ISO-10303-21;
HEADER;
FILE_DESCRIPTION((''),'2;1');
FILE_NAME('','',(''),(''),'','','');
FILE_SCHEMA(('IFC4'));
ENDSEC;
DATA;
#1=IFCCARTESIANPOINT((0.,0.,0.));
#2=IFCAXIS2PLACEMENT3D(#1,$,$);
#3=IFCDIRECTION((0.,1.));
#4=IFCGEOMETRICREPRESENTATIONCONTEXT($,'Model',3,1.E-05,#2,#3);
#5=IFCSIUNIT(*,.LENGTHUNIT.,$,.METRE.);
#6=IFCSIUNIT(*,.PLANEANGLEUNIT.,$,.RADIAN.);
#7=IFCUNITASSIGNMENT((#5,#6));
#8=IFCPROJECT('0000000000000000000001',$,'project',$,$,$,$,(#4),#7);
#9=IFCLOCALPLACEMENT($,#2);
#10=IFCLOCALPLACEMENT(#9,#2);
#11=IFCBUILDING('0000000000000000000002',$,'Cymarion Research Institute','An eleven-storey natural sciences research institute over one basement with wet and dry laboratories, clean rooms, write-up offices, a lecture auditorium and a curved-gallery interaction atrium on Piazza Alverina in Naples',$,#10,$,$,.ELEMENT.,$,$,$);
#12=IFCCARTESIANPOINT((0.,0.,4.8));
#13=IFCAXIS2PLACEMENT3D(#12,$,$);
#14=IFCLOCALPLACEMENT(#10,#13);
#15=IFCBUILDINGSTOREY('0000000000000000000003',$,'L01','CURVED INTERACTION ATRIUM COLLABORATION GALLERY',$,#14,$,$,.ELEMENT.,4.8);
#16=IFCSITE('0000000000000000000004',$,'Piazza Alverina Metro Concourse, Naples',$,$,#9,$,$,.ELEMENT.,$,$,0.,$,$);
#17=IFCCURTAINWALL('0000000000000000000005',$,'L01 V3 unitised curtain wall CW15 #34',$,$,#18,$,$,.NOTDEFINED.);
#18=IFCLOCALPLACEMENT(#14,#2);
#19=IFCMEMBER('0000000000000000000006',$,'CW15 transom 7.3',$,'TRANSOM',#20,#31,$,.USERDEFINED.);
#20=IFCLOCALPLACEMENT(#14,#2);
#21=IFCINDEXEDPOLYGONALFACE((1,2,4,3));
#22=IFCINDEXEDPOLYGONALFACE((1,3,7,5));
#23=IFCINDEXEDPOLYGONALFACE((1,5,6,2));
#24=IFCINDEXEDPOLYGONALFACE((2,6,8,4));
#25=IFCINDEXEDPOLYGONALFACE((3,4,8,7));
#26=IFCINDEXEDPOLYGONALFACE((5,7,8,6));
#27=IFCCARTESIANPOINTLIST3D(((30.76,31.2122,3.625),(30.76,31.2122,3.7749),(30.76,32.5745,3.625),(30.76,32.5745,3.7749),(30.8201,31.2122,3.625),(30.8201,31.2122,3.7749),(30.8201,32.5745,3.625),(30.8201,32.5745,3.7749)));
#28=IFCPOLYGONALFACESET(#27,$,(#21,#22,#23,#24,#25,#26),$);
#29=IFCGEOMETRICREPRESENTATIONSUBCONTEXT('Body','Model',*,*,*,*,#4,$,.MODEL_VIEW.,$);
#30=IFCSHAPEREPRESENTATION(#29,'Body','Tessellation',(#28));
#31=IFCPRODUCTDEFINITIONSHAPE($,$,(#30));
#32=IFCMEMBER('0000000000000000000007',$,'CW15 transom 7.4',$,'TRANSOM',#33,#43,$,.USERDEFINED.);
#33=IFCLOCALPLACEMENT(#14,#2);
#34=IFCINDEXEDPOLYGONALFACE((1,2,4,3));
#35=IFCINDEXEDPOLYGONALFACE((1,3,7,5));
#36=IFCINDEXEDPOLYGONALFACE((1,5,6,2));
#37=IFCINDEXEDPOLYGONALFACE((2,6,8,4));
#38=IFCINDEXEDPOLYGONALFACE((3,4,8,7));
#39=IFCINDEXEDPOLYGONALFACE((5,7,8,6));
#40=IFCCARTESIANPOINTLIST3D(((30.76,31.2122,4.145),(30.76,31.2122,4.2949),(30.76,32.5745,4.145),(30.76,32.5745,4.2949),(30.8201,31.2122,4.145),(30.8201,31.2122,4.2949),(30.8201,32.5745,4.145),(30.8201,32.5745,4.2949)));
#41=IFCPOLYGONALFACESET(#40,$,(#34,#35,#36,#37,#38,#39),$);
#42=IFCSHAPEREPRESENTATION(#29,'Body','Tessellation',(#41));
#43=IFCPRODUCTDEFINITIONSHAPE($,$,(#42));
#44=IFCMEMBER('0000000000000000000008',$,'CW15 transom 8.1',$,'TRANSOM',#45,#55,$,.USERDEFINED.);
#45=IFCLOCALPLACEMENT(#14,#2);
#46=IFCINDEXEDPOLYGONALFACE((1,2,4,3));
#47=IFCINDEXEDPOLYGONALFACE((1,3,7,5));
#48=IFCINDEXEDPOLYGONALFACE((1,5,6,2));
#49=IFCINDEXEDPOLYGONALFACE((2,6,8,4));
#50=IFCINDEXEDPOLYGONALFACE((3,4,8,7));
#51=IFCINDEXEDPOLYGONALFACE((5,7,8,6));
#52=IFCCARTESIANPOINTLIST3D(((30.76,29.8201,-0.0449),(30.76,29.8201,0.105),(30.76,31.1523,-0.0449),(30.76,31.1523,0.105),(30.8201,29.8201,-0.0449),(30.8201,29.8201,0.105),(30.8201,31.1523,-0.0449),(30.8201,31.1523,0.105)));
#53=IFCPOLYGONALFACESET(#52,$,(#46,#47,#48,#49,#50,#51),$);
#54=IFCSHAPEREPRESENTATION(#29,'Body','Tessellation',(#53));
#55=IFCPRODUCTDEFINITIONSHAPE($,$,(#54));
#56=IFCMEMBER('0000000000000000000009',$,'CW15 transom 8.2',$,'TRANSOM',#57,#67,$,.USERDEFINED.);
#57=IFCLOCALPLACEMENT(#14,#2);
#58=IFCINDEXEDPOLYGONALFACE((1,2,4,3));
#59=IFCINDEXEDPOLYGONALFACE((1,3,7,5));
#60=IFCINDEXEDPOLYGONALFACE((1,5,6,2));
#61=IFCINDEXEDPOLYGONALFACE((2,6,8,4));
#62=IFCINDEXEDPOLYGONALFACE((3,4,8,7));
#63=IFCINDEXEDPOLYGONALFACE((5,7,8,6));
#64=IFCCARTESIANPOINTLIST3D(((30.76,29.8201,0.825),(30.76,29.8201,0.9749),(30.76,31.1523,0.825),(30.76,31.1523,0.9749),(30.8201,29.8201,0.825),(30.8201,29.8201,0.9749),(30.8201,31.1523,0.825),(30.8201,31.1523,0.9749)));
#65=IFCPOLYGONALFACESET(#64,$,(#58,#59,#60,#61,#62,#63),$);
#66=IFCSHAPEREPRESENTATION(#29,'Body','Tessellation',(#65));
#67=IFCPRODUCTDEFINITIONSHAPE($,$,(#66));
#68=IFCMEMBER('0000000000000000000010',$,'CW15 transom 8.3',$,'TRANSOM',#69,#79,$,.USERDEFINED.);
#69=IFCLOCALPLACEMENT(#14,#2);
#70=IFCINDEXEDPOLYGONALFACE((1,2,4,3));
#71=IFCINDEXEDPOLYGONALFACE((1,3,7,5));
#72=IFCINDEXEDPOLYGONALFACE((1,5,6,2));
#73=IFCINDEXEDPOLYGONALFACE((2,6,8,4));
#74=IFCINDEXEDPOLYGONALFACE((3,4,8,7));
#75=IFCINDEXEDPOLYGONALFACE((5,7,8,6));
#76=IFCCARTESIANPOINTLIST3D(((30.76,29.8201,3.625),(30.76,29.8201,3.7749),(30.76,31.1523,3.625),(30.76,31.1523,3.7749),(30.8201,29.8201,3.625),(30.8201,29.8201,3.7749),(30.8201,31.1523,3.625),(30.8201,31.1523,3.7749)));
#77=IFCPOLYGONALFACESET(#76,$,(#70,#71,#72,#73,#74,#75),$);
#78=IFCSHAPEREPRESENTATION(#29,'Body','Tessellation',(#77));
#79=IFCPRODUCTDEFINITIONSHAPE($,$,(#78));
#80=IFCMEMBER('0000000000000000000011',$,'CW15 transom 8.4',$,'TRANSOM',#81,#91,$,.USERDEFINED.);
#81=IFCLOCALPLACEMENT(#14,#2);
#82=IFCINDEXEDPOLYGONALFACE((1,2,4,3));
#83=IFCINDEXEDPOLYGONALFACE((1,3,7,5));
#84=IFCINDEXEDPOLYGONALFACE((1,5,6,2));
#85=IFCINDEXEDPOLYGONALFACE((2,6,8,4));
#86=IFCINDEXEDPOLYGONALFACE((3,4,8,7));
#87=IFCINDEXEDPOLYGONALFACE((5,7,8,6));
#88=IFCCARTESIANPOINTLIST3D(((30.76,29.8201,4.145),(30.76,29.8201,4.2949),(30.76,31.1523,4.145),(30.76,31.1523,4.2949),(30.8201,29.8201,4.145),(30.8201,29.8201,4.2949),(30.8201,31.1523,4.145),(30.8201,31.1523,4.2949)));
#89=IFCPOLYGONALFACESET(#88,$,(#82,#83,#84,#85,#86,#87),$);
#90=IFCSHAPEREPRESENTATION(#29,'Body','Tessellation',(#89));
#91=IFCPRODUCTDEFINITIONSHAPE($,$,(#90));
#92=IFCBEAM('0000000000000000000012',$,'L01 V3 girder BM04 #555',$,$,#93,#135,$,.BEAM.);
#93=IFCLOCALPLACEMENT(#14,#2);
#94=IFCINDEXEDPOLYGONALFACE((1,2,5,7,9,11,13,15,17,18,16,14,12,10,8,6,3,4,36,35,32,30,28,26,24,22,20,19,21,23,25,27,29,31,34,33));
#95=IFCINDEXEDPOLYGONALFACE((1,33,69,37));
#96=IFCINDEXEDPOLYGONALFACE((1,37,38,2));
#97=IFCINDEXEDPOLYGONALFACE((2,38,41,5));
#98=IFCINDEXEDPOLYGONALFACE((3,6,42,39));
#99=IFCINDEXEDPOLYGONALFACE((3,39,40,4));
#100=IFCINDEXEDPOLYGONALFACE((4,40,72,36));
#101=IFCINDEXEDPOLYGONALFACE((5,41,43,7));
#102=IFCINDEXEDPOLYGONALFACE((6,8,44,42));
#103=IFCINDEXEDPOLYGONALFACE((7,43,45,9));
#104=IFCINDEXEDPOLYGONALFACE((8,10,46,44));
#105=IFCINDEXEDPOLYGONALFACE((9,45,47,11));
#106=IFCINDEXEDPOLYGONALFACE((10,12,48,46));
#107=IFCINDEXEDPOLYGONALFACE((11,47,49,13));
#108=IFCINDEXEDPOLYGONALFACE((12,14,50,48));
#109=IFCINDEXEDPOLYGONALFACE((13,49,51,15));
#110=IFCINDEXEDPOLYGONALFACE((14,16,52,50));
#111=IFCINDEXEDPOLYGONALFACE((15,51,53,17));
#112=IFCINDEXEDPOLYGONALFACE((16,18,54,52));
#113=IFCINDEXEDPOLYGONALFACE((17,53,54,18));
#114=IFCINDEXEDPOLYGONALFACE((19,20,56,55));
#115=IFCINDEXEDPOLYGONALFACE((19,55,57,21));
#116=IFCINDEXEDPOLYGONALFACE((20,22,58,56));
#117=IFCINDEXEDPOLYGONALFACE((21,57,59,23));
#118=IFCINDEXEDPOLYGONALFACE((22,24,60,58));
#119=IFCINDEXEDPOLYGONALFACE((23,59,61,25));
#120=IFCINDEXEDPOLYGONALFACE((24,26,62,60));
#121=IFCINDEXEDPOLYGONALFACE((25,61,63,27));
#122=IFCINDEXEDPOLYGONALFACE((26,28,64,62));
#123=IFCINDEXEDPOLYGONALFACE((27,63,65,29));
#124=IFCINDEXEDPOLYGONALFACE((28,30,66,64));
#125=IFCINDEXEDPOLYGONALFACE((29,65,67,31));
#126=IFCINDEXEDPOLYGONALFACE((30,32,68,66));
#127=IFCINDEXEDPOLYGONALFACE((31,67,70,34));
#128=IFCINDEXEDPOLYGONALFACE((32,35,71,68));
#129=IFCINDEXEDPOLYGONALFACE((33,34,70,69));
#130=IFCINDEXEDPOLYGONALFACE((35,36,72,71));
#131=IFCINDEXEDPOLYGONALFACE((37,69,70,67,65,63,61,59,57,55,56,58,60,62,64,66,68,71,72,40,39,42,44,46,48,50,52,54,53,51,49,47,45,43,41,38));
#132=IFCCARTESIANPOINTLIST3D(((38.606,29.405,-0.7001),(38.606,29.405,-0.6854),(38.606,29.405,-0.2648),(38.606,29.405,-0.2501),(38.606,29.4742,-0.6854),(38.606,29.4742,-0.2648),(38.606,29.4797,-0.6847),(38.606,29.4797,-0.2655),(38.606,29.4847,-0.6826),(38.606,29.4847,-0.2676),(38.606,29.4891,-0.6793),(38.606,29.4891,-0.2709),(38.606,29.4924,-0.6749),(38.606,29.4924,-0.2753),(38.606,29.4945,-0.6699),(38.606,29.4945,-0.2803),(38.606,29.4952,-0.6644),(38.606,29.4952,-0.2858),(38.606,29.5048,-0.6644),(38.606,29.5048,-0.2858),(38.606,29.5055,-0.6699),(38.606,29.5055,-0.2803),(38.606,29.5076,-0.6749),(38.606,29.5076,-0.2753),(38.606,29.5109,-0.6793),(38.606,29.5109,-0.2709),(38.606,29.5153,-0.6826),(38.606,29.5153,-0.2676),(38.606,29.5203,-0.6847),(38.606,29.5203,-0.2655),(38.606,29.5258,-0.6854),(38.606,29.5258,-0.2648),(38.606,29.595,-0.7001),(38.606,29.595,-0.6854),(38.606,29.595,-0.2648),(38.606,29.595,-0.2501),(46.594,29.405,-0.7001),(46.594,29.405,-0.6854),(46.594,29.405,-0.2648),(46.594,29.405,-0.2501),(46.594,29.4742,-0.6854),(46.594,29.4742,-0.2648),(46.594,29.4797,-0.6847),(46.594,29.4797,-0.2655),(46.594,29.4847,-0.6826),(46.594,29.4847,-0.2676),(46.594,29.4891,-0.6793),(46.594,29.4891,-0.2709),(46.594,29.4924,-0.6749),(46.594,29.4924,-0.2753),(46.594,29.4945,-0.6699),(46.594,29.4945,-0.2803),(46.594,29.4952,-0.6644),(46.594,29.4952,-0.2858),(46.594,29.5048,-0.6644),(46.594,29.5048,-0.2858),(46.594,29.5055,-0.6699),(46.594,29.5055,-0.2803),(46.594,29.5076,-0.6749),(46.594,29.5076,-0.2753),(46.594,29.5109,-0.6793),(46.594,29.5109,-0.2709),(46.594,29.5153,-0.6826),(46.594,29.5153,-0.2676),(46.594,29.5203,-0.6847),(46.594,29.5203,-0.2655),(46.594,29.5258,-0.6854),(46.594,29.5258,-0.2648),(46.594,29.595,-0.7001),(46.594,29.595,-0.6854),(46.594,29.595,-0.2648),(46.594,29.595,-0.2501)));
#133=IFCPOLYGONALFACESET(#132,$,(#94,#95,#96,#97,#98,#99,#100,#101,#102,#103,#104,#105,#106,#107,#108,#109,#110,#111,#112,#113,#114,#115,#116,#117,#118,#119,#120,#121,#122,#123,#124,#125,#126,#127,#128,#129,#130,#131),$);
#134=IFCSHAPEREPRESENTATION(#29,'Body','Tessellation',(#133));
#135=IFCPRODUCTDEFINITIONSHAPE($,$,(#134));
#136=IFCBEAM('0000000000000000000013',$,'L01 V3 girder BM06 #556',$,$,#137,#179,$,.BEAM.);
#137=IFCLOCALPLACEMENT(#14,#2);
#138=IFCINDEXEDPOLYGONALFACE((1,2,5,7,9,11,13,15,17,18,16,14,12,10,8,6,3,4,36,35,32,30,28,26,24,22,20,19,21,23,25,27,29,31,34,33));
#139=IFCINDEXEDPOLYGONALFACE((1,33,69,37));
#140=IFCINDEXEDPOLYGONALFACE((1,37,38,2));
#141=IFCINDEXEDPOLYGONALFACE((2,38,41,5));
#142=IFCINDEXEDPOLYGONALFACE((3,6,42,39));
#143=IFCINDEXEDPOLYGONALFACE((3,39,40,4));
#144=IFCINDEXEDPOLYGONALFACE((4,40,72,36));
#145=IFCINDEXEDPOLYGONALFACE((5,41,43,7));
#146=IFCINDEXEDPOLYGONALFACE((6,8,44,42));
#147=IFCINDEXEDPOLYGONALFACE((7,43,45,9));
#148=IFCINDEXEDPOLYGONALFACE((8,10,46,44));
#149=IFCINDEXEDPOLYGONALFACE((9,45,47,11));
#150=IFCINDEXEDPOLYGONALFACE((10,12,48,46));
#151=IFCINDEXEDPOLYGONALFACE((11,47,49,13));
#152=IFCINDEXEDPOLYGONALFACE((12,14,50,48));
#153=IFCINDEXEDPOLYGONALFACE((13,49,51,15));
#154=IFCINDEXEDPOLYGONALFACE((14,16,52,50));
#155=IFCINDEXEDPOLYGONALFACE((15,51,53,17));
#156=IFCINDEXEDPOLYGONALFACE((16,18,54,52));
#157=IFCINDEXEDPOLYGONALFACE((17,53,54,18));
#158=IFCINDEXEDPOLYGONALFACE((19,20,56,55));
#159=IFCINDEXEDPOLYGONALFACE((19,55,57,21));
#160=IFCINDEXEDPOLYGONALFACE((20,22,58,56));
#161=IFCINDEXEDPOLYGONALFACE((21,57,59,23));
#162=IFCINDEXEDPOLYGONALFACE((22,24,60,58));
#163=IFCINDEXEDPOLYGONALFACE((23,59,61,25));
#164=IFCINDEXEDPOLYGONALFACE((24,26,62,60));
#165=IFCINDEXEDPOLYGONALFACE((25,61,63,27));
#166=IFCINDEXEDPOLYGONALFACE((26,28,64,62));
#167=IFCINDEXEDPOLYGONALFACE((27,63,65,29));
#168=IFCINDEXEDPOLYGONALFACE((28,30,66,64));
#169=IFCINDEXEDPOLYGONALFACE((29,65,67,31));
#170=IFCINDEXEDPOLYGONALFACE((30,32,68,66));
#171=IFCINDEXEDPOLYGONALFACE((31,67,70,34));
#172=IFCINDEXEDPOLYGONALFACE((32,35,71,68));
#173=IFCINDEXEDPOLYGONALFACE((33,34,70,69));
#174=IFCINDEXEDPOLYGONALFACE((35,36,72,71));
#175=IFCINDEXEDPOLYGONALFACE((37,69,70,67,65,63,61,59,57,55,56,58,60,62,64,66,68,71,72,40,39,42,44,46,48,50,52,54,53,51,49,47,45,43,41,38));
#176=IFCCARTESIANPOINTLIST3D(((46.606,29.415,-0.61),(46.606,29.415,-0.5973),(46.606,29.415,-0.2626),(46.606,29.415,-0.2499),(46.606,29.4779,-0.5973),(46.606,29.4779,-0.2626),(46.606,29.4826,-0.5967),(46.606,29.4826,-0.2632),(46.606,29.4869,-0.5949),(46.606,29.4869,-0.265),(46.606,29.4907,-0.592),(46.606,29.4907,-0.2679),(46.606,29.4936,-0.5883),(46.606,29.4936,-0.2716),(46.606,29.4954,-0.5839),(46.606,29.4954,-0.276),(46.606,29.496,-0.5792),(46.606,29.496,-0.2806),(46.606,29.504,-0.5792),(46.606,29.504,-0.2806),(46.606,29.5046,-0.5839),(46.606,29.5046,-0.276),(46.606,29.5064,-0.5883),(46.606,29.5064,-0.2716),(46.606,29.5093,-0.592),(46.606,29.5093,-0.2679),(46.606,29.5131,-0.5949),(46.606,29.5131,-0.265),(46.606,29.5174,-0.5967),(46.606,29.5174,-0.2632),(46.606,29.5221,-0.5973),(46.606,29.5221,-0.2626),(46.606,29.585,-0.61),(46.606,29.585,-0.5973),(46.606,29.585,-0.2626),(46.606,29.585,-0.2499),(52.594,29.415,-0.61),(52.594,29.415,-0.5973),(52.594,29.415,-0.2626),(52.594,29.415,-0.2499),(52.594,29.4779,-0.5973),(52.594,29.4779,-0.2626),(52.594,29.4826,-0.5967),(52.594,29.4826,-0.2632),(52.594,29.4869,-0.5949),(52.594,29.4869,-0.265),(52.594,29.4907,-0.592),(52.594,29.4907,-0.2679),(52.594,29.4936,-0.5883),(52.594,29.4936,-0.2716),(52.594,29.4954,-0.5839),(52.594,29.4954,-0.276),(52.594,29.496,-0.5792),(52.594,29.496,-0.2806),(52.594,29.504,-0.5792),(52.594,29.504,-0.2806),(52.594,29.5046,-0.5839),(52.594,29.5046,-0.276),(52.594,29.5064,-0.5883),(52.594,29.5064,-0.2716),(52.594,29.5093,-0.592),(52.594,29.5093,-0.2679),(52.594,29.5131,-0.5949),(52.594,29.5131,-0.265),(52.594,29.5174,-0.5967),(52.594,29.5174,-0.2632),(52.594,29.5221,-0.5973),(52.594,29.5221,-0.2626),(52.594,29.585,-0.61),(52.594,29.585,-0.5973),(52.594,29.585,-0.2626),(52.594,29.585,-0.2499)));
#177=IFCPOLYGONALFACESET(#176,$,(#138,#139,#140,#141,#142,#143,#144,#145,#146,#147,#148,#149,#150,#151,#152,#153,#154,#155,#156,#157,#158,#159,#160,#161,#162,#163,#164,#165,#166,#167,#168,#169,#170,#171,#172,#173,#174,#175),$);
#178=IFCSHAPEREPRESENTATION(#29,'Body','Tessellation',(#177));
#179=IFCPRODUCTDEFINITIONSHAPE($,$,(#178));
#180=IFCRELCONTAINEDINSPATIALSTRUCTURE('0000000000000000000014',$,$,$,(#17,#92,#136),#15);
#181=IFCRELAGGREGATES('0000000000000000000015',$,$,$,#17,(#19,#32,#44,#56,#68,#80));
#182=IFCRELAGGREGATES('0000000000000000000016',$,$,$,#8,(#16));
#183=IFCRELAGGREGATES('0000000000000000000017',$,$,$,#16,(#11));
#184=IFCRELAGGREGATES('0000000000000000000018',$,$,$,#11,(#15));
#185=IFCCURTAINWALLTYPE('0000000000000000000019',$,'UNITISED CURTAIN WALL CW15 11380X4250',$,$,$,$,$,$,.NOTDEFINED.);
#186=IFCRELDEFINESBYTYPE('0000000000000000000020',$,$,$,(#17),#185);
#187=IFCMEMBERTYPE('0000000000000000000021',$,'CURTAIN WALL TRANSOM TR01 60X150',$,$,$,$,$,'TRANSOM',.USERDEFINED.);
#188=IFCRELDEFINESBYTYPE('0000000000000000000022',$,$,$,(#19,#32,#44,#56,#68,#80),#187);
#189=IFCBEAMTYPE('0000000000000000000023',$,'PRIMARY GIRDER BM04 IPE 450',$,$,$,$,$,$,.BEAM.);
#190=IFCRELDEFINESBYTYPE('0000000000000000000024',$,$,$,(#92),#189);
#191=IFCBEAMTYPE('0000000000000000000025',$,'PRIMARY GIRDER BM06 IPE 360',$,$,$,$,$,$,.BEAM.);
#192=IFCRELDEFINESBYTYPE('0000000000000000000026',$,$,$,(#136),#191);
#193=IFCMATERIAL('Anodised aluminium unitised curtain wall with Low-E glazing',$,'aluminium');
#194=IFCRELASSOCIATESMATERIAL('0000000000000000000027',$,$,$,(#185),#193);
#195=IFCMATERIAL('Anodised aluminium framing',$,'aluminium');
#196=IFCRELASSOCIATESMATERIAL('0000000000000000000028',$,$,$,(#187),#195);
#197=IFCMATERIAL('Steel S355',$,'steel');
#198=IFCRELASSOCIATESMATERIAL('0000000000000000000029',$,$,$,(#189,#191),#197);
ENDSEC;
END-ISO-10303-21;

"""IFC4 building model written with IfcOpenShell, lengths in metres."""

from ifc_helpers import new_model, si_unit, direction, frame, origin, origin_2d, place, context, subcontext, project, spatial, rectangle, i_section, extrude, material, material_profile, profile_set, type_object, element, aggregate, save


model = new_model("IFC4")

# Units and contexts
model_context = context("Model", 3, precision=1e-05, world=origin(), true_north=direction((0.0, 1.0)))
body_context = subcontext(model_context, "Body", "Model", "MODEL_VIEW")
ifc_project = project(units=[si_unit("LENGTHUNIT", "METRE"), si_unit("PLANEANGLEUNIT", "RADIAN")], contexts=[model_context])

# Site, building, storey
site_placement = place(None, origin())
site = spatial("IfcSite", under=ifc_project, at=site_placement, Name="Piazza Alverina Metro Concourse, Naples", CompositionType="ELEMENT", RefElevation=0.0)
building_placement = place(site_placement, origin())
building = spatial("IfcBuilding", under=site, at=building_placement, Name="Cymarion Research Institute", Description="An eleven-storey natural sciences research institute over one basement with wet and dry laboratories, clean rooms, write-up offices, a lecture auditorium and a curved-gallery interaction atrium on Piazza Alverina in Naples", CompositionType="ELEMENT")
storey_placement = place(building_placement, frame((0.0, 0.0, 4.8)))
storey = spatial("IfcBuildingStorey", under=building, at=storey_placement, Name="L01", Description="CURVED INTERACTION ATRIUM COLLABORATION GALLERY", CompositionType="ELEMENT", Elevation=4.8)

# Shared definitions
ifc_material_1 = material(Name="Steel S355", Category="steel")

# Curtain wall, members
ifc_material_2 = material(Name="Anodised aluminium unitised curtain wall with Low-E glazing", Category="aluminium")
curtain_wall_type = type_object("IfcCurtainWallType", Name="UNITISED CURTAIN WALL CW15 11380X4250", PredefinedType="NOTDEFINED", material=ifc_material_2)
curtain_wall_placement = place(storey_placement, origin())
curtain_wall = element("IfcCurtainWall", 1, at=curtain_wall_placement, inside=storey, type_object=curtain_wall_type, Name="L01 V3 unitised curtain wall CW15 #34", PredefinedType="NOTDEFINED")
ifc_material_3 = material(Name="Anodised aluminium framing", Category="aluminium")
ifc_material_profile_1 = material_profile(ifc_material_3, rectangle(XDim=0.0601, YDim=0.1499, at=origin_2d()), Name="ALU TRANSOM 60x150")
ifc_profile_set_1 = profile_set([ifc_material_profile_1], Name="Anodised aluminium framing")
member_type_1 = type_object("IfcMemberType", Name="CURTAIN WALL TRANSOM TR01 60X150", ElementType="TRANSOM", PredefinedType="USERDEFINED", material=ifc_profile_set_1)
member_1_placement = place(storey_placement, frame((30.79, 32.5745, 3.7), z_axis=(0.0, -1.0, 0.0), x_axis=(1.0, 0.0, 0.0)))
member_1 = element("IfcMember", 2, at=member_1_placement, type_object=member_type_1, Name="CW15 transom 7.3", ObjectType="TRANSOM", PredefinedType="USERDEFINED", context=body_context, shape_type="SweptSolid", body=[
    extrude(rectangle(XDim=0.0601, YDim=0.1499, at=origin_2d()), origin(), (0.0, 0.0, 1.0), 1.3623),
])
member_2_placement = place(storey_placement, frame((30.79, 32.5745, 4.22), z_axis=(0.0, -1.0, 0.0), x_axis=(1.0, 0.0, 0.0)))
member_2 = element("IfcMember", 3, at=member_2_placement, type_object=member_type_1, Name="CW15 transom 7.4", ObjectType="TRANSOM", PredefinedType="USERDEFINED", context=body_context, shape_type="SweptSolid", body=[
    extrude(rectangle(XDim=0.0601, YDim=0.1499, at=origin_2d()), origin(), (0.0, 0.0, 1.0), 1.3623),
])
member_3_placement = place(storey_placement, frame((30.79, 31.1523, 0.03), z_axis=(0.0, -1.0, 0.0), x_axis=(1.0, 0.0, 0.0)))
member_3 = element("IfcMember", 4, at=member_3_placement, type_object=member_type_1, Name="CW15 transom 8.1", ObjectType="TRANSOM", PredefinedType="USERDEFINED", context=body_context, shape_type="SweptSolid", body=[
    extrude(rectangle(XDim=0.0601, YDim=0.1499, at=origin_2d()), origin(), (0.0, 0.0, 1.0), 1.3323),
])
member_4_placement = place(storey_placement, frame((30.79, 31.1523, 0.8999), z_axis=(0.0, -1.0, 0.0), x_axis=(1.0, 0.0, 0.0)))
member_4 = element("IfcMember", 5, at=member_4_placement, type_object=member_type_1, Name="CW15 transom 8.2", ObjectType="TRANSOM", PredefinedType="USERDEFINED", context=body_context, shape_type="SweptSolid", body=[
    extrude(rectangle(XDim=0.0601, YDim=0.1499, at=origin_2d()), origin(), (0.0, 0.0, 1.0), 1.3323),
])
member_5_placement = place(storey_placement, frame((30.79, 31.1523, 3.7), z_axis=(0.0, -1.0, 0.0), x_axis=(1.0, 0.0, 0.0)))
member_5 = element("IfcMember", 6, at=member_5_placement, type_object=member_type_1, Name="CW15 transom 8.3", ObjectType="TRANSOM", PredefinedType="USERDEFINED", context=body_context, shape_type="SweptSolid", body=[
    extrude(rectangle(XDim=0.0601, YDim=0.1499, at=origin_2d()), origin(), (0.0, 0.0, 1.0), 1.3323),
])
member_6_placement = place(storey_placement, frame((30.79, 31.1523, 4.22), z_axis=(0.0, -1.0, 0.0), x_axis=(1.0, 0.0, 0.0)))
member_6 = element("IfcMember", 7, at=member_6_placement, type_object=member_type_1, Name="CW15 transom 8.4", ObjectType="TRANSOM", PredefinedType="USERDEFINED", context=body_context, shape_type="SweptSolid", body=[
    extrude(rectangle(XDim=0.0601, YDim=0.1499, at=origin_2d()), origin(), (0.0, 0.0, 1.0), 1.3323),
])

# Beams
ifc_material_profile_2 = material_profile(ifc_material_1, i_section(OverallWidth=0.1899, OverallDepth=0.45, WebThickness=0.0095, FlangeThickness=0.0146, FilletRadius=0.021, at=origin_2d()), Name="IPE 450")
ifc_profile_set_2 = profile_set([ifc_material_profile_2], Name="Steel S355")
beam_type_1 = type_object("IfcBeamType", Name="PRIMARY GIRDER BM04 IPE 450", PredefinedType="BEAM", material=ifc_profile_set_2)
beam_1_placement = place(storey_placement, frame((38.606, 29.5, -0.4751), z_axis=(1.0, 0.0, 0.0), x_axis=(0.0, 1.0, 0.0)))
element("IfcBeam", 8, at=beam_1_placement, inside=storey, type_object=beam_type_1, Name="L01 V3 girder BM04 #555", PredefinedType="BEAM", context=body_context, shape_type="SweptSolid", body=[
    extrude(i_section(OverallWidth=0.1899, OverallDepth=0.45, WebThickness=0.0095, FlangeThickness=0.0146, FilletRadius=0.021, at=origin_2d()), origin(), (0.0, 0.0, 1.0), 7.988),
])
ifc_material_profile_3 = material_profile(ifc_material_1, i_section(OverallWidth=0.1699, OverallDepth=0.3601, WebThickness=0.0081, FlangeThickness=0.0127, FilletRadius=0.0181, at=origin_2d()), Name="IPE 360")
ifc_profile_set_3 = profile_set([ifc_material_profile_3], Name="Steel S355")
beam_type_2 = type_object("IfcBeamType", Name="PRIMARY GIRDER BM06 IPE 360", PredefinedType="BEAM", material=ifc_profile_set_3)
beam_2_placement = place(storey_placement, frame((46.606, 29.5, -0.4299), z_axis=(1.0, 0.0, 0.0), x_axis=(0.0, 1.0, 0.0)))
element("IfcBeam", 9, at=beam_2_placement, inside=storey, type_object=beam_type_2, Name="L01 V3 girder BM06 #556", PredefinedType="BEAM", context=body_context, shape_type="SweptSolid", body=[
    extrude(i_section(OverallWidth=0.1699, OverallDepth=0.3601, WebThickness=0.0081, FlangeThickness=0.0127, FilletRadius=0.0181, at=origin_2d()), origin(), (0.0, 0.0, 1.0), 5.988),
])

aggregate(curtain_wall, [member_1, member_2, member_3, member_4, member_5, member_6])

save(model, "model.ifc")
